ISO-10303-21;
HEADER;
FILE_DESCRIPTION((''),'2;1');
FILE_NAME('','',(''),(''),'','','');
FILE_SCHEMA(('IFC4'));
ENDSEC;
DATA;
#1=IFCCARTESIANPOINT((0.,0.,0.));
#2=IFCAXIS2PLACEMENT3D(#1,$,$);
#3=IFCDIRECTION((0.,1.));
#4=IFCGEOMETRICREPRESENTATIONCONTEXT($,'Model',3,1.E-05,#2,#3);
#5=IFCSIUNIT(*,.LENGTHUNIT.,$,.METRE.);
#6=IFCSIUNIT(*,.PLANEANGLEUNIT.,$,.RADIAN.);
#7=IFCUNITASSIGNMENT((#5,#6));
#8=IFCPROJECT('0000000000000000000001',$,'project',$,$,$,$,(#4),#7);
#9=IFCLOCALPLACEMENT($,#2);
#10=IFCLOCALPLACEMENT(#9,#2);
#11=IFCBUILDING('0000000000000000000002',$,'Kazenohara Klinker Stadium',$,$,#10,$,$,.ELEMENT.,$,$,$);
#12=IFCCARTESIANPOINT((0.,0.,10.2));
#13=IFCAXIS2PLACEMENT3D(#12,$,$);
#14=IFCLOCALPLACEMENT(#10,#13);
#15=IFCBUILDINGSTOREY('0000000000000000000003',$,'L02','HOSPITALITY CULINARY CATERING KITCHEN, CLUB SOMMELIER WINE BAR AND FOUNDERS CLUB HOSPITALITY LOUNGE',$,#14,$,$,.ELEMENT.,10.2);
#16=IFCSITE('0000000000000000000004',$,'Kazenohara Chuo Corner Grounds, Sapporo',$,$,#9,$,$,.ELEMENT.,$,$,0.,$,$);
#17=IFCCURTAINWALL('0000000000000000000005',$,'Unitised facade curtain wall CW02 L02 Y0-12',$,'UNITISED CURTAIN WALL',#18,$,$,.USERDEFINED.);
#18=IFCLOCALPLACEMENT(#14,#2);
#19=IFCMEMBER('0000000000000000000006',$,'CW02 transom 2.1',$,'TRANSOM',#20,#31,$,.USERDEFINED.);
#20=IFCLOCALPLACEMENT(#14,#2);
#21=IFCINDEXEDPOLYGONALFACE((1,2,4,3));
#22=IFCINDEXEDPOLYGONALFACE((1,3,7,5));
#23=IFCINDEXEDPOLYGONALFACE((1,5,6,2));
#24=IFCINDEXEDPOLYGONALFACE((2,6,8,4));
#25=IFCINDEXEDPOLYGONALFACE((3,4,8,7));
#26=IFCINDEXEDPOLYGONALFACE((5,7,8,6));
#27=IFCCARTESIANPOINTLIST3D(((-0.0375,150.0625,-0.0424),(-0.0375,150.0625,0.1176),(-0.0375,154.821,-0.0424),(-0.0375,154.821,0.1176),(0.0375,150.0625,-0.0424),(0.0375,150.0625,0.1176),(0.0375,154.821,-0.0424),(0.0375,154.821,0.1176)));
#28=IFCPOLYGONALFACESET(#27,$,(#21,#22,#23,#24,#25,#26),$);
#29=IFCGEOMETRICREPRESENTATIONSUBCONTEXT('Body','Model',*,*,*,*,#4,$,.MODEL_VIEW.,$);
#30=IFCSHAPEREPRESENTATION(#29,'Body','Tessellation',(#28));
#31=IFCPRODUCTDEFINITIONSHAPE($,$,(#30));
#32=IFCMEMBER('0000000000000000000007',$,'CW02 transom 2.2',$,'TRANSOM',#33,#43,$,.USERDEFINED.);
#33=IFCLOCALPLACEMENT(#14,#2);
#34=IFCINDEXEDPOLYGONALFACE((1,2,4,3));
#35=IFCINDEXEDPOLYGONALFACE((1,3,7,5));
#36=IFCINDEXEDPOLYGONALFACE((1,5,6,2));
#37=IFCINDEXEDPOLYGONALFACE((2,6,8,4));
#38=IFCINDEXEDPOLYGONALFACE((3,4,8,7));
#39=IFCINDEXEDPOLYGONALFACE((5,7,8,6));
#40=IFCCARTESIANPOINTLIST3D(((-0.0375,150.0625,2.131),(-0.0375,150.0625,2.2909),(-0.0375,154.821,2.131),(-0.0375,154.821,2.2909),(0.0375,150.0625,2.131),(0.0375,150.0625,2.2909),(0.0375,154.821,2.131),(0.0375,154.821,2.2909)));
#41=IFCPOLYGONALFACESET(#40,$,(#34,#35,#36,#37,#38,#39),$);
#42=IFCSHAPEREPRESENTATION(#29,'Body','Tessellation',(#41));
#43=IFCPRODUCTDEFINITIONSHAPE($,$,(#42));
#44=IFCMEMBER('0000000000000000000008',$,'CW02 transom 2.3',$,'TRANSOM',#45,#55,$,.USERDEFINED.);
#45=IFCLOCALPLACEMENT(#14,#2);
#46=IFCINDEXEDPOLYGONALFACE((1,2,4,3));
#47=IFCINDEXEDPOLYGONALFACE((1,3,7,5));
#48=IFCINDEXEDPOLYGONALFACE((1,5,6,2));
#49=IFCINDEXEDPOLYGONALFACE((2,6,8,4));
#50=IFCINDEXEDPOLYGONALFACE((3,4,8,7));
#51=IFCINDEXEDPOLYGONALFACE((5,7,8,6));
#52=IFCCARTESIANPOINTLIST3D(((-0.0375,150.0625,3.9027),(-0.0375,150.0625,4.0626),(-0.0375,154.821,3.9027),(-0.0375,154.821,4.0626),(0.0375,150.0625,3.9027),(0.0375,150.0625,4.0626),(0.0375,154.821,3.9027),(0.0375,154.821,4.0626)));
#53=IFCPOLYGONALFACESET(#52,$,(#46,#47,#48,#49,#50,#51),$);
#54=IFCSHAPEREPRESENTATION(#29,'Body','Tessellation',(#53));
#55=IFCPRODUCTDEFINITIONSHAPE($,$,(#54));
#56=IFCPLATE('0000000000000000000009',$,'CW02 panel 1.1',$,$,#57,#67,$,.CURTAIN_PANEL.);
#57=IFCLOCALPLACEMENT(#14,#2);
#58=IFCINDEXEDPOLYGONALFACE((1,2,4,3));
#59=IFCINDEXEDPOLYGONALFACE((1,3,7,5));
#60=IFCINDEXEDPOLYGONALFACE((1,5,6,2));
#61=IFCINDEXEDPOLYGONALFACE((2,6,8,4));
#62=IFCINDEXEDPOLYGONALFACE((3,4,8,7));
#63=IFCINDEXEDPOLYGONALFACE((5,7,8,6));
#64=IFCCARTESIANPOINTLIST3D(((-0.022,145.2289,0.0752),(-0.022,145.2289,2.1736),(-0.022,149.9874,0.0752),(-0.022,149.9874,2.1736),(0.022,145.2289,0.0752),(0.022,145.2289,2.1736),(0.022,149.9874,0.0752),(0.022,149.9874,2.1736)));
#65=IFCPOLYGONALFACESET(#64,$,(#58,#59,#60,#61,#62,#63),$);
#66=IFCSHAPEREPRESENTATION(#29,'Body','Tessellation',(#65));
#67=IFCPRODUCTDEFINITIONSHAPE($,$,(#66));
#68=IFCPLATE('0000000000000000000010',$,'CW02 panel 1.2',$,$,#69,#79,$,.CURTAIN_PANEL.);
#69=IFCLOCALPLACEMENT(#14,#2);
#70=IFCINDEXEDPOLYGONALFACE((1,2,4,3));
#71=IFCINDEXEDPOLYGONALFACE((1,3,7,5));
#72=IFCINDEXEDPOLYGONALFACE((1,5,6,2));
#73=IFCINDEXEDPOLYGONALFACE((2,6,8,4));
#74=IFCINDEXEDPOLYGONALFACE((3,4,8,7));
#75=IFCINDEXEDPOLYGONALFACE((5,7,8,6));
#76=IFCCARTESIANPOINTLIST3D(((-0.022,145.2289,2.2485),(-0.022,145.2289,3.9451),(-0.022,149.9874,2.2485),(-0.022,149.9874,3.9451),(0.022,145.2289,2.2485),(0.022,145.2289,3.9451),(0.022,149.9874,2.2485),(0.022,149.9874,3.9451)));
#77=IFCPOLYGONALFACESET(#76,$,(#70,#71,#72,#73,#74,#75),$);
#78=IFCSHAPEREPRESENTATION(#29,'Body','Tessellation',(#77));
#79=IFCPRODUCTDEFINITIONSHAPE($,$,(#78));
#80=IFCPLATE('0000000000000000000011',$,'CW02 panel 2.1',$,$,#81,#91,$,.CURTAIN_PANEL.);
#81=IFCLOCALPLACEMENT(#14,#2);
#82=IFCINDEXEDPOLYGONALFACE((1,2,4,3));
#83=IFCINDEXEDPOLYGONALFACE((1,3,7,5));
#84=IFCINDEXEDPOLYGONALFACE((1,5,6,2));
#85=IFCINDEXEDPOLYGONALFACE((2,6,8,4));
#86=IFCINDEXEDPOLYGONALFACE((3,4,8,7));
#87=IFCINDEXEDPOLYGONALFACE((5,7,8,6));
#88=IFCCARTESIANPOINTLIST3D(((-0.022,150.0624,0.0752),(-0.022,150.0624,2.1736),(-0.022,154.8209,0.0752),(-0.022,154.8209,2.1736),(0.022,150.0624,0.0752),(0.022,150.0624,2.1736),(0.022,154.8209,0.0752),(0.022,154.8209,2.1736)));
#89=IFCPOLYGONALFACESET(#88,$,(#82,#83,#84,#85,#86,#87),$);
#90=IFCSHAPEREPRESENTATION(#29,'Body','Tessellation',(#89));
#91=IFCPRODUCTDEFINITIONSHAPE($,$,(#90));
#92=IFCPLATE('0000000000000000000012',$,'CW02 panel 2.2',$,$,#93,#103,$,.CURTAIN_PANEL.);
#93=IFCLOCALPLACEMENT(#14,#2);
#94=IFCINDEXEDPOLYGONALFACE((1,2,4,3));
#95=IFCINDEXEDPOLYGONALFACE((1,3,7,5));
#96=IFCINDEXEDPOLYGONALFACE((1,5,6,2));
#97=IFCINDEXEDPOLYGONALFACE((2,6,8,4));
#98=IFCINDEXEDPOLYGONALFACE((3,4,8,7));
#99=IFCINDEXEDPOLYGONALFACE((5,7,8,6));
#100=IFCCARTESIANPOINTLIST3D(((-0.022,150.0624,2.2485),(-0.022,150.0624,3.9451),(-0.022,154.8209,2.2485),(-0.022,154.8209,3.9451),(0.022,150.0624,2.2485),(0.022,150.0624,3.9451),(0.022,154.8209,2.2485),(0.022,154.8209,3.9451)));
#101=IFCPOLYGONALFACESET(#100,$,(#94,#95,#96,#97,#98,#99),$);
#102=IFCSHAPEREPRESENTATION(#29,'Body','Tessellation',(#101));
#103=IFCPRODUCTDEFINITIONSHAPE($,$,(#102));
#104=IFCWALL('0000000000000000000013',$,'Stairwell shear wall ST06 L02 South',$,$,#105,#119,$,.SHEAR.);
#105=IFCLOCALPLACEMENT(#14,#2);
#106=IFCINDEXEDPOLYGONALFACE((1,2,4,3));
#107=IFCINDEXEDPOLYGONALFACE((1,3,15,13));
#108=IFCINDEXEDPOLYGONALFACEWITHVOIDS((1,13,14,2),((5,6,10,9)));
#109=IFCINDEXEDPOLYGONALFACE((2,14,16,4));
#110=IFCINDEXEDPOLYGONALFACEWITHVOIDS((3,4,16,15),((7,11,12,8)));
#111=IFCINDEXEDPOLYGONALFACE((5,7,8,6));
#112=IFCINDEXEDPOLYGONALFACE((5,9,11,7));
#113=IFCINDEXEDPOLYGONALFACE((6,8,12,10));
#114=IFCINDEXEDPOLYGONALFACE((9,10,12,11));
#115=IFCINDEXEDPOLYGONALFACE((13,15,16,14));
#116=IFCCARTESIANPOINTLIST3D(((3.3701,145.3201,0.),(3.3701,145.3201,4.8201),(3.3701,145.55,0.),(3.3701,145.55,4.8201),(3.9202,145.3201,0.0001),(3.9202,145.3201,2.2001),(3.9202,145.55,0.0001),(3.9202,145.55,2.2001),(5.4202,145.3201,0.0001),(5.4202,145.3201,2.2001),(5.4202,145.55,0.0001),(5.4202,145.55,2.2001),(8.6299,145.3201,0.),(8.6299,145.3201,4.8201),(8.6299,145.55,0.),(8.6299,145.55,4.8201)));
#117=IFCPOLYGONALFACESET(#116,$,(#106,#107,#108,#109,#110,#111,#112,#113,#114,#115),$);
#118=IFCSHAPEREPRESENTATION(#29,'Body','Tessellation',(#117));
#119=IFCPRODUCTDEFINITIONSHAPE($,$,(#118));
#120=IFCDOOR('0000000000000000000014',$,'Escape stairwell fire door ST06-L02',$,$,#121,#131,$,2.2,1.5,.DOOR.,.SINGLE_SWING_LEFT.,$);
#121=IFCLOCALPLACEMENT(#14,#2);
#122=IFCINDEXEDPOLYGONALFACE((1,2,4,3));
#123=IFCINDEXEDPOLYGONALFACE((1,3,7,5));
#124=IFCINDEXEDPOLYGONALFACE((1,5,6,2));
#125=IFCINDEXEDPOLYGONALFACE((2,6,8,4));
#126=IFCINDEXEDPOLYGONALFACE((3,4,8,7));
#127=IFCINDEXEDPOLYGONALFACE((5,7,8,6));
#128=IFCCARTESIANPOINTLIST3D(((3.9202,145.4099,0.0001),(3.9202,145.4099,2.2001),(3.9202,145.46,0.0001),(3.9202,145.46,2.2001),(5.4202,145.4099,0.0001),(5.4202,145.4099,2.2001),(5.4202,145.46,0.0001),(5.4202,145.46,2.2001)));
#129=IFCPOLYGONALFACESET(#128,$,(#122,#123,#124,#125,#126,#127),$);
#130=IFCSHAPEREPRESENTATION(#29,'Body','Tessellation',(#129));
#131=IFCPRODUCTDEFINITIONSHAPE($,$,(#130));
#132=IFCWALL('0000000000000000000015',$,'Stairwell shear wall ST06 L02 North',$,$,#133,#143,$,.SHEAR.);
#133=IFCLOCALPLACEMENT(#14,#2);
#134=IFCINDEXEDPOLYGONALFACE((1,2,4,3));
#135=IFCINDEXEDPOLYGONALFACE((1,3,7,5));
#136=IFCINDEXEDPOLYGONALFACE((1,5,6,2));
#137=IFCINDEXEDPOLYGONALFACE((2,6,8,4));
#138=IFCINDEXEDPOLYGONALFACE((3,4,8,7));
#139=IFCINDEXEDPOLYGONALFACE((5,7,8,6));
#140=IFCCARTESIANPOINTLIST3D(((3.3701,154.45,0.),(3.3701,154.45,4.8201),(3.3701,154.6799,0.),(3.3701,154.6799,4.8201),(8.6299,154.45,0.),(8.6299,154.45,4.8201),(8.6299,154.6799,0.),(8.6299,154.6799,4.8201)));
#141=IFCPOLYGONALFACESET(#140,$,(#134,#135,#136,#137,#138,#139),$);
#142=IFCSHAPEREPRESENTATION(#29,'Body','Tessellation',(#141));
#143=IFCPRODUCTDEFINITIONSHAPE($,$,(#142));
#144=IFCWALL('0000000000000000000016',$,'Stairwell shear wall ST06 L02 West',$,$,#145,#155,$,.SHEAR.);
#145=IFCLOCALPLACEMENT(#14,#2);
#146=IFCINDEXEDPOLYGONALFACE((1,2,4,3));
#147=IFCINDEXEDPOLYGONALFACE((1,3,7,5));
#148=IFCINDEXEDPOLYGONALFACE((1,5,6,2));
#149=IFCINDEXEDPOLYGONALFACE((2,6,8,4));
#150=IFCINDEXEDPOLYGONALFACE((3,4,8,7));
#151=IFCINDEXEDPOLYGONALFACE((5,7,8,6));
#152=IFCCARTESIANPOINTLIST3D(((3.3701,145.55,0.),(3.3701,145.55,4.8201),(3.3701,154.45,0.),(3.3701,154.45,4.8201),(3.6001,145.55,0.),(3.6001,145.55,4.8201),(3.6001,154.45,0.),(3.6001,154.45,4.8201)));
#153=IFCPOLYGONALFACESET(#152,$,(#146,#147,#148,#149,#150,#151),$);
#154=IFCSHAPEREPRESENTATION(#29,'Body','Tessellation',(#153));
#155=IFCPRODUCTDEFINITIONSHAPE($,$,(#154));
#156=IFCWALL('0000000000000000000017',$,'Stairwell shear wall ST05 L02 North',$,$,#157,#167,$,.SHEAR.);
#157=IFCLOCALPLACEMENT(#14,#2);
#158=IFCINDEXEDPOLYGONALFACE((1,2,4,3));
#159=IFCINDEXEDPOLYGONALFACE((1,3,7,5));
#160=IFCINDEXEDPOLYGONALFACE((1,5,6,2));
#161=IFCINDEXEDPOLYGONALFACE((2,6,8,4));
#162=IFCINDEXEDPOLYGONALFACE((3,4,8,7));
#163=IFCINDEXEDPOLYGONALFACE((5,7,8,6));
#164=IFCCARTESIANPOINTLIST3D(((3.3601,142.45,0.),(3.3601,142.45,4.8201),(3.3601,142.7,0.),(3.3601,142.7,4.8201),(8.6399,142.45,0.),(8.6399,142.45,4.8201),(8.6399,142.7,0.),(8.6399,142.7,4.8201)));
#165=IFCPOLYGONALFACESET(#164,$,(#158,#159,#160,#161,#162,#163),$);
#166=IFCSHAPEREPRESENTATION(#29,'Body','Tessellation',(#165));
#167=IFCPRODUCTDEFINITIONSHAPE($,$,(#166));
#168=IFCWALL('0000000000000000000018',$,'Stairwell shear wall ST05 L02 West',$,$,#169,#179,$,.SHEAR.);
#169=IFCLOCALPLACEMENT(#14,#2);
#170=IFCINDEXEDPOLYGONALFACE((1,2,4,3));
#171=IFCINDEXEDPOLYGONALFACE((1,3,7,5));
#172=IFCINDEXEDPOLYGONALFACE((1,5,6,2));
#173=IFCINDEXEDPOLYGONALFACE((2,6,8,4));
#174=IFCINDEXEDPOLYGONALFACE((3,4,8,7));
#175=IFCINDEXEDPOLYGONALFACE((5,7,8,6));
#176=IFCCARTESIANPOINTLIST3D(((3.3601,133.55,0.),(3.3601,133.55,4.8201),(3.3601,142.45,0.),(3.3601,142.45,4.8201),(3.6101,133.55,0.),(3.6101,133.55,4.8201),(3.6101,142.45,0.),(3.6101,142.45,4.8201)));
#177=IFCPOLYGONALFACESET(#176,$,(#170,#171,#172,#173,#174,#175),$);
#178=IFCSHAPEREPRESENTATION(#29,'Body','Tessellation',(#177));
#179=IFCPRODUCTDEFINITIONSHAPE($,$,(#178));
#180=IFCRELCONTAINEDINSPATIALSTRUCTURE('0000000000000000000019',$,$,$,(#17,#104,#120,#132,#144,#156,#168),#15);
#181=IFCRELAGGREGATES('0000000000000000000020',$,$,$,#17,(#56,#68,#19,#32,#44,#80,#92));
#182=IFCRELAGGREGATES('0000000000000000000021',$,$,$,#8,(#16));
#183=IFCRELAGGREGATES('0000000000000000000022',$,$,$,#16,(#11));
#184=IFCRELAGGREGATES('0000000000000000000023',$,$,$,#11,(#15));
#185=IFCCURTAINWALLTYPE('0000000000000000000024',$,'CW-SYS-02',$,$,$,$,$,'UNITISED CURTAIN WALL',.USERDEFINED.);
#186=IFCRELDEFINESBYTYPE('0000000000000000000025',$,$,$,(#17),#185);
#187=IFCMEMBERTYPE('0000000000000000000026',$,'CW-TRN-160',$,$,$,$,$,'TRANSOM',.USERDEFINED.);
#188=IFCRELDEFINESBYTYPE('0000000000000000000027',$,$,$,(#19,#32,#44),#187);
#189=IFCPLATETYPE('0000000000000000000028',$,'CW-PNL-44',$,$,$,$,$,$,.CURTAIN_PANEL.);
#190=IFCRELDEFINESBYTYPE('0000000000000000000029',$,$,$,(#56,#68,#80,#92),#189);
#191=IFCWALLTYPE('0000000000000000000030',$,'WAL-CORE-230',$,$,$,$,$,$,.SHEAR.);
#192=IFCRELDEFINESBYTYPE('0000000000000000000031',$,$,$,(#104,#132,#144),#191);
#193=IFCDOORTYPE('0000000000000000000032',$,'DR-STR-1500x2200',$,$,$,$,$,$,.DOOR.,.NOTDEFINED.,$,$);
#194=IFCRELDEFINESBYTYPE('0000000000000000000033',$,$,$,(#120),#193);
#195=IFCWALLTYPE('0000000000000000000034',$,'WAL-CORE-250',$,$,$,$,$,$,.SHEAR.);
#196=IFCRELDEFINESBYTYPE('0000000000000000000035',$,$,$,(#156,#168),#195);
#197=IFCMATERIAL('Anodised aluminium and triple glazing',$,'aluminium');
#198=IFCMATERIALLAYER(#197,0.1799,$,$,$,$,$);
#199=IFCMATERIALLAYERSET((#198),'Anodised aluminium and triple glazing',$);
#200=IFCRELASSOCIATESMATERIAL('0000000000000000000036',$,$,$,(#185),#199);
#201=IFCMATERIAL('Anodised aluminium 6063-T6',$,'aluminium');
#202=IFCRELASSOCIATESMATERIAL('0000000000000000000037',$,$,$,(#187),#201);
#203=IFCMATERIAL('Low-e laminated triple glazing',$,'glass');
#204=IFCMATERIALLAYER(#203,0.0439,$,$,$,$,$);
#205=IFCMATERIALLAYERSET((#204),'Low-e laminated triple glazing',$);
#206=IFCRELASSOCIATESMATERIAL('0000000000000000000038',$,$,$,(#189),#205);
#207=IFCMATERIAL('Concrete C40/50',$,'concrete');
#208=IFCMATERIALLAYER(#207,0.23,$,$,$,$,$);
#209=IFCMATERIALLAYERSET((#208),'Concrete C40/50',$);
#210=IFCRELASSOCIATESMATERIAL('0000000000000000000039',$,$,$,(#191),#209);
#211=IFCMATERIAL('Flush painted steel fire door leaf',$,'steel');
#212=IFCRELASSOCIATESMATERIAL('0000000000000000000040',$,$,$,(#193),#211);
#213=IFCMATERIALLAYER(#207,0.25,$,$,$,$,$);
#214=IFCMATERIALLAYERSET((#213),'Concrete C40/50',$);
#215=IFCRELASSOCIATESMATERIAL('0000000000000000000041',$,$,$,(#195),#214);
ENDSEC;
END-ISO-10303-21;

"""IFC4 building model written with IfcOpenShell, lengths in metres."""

from ifc_helpers import new_model, si_unit, direction, frame, frame_2d, origin, origin_2d, place, context, subcontext, project, spatial, rectangle, extrude, material, layer, layer_set, material_profile, profile_set, type_object, element, fill, aggregate, save


model = new_model("IFC4")

# Units and contexts
model_context = context("Model", 3, precision=1e-05, world=origin(), true_north=direction((0.0, 1.0)))
body_context = subcontext(model_context, "Body", "Model", "MODEL_VIEW")
ifc_project = project(units=[si_unit("LENGTHUNIT", "METRE"), si_unit("PLANEANGLEUNIT", "RADIAN")], contexts=[model_context])

# Site, building, storey
site_placement = place(None, origin())
site = spatial("IfcSite", under=ifc_project, at=site_placement, Name="Kazenohara Chuo Corner Grounds, Sapporo", CompositionType="ELEMENT", RefElevation=0.0)
building_placement = place(site_placement, origin())
building = spatial("IfcBuilding", under=site, at=building_placement, Name="Kazenohara Klinker Stadium", CompositionType="ELEMENT")
storey_placement = place(building_placement, frame((0.0, 0.0, 10.2)))
storey = spatial("IfcBuildingStorey", under=building, at=storey_placement, Name="L02", Description="HOSPITALITY CULINARY CATERING KITCHEN, CLUB SOMMELIER WINE BAR AND FOUNDERS CLUB HOSPITALITY LOUNGE", CompositionType="ELEMENT", Elevation=10.2)

# Shared definitions
ifc_material_1 = material(Name="Concrete C40/50", Category="concrete")

# Curtain wall, members, plates
ifc_material_2 = material(Name="Anodised aluminium and triple glazing", Category="aluminium")
ifc_layer_1 = layer(ifc_material_2, 0.1799)
ifc_layer_set_1 = layer_set([ifc_layer_1], Name="Anodised aluminium and triple glazing")
curtain_wall_type = type_object("IfcCurtainWallType", Name="CW-SYS-02", ElementType="UNITISED CURTAIN WALL", PredefinedType="USERDEFINED", material=ifc_layer_set_1)
curtain_wall_placement = place(storey_placement, origin())
curtain_wall = element("IfcCurtainWall", 1, at=curtain_wall_placement, inside=storey, type_object=curtain_wall_type, Name="Unitised facade curtain wall CW02 L02 Y0-12", ObjectType="UNITISED CURTAIN WALL", PredefinedType="USERDEFINED")
ifc_material_3 = material(Name="Anodised aluminium 6063-T6", Category="aluminium")
ifc_material_profile_1 = material_profile(ifc_material_3, rectangle(XDim=0.075, YDim=0.1599, at=origin_2d()), Name="ALU-TRN-75x160")
ifc_profile_set_1 = profile_set([ifc_material_profile_1], Name="Anodised aluminium 6063-T6")
member_type_1 = type_object("IfcMemberType", Name="CW-TRN-160", ElementType="TRANSOM", PredefinedType="USERDEFINED", material=ifc_profile_set_1)
member_1_placement = place(storey_placement, frame((0.0, 150.0625, 0.0376), z_axis=(0.0, 1.0, 0.0), x_axis=(-1.0, 0.0, 0.0)))
member_1 = element("IfcMember", 2, at=member_1_placement, type_object=member_type_1, Name="CW02 transom 2.1", ObjectType="TRANSOM", PredefinedType="USERDEFINED", context=body_context, shape_type="SweptSolid", body=[
    extrude(rectangle(XDim=0.075, YDim=0.1599, at=origin_2d()), origin(), (0.0, 0.0, 1.0), 4.7585),
])
member_2_placement = place(storey_placement, frame((0.0, 150.0625, 2.2109), z_axis=(0.0, 1.0, 0.0), x_axis=(-1.0, 0.0, 0.0)))
member_2 = element("IfcMember", 3, at=member_2_placement, type_object=member_type_1, Name="CW02 transom 2.2", ObjectType="TRANSOM", PredefinedType="USERDEFINED", context=body_context, shape_type="SweptSolid", body=[
    extrude(rectangle(XDim=0.075, YDim=0.1599, at=origin_2d()), origin(), (0.0, 0.0, 1.0), 4.7585),
])
member_3_placement = place(storey_placement, frame((0.0, 150.0625, 3.9827), z_axis=(0.0, 1.0, 0.0), x_axis=(-1.0, 0.0, 0.0)))
member_3 = element("IfcMember", 4, at=member_3_placement, type_object=member_type_1, Name="CW02 transom 2.3", ObjectType="TRANSOM", PredefinedType="USERDEFINED", context=body_context, shape_type="SweptSolid", body=[
    extrude(rectangle(XDim=0.075, YDim=0.1599, at=origin_2d()), origin(), (0.0, 0.0, 1.0), 4.7585),
])
ifc_material_4 = material(Name="Low-e laminated triple glazing", Category="glass")
ifc_layer_2 = layer(ifc_material_4, 0.0439)
ifc_layer_set_2 = layer_set([ifc_layer_2], Name="Low-e laminated triple glazing")
plate_type = type_object("IfcPlateType", Name="CW-PNL-44", PredefinedType="CURTAIN_PANEL", material=ifc_layer_set_2)
plate_1_placement = place(storey_placement, frame((0.0, 147.6082, 0.0752), z_axis=(0.0, 0.0, 1.0), x_axis=(0.0, 1.0, 0.0)))
plate_1 = element("IfcPlate", 5, at=plate_1_placement, type_object=plate_type, Name="CW02 panel 1.1", PredefinedType="CURTAIN_PANEL", context=body_context, shape_type="SweptSolid", body=[
    extrude(rectangle(XDim=4.7585, YDim=0.0439, at=origin_2d()), origin(), (0.0, 0.0, 1.0), 2.0984),
])
plate_2_placement = place(storey_placement, frame((0.0, 147.6082, 2.2485), z_axis=(0.0, 0.0, 1.0), x_axis=(0.0, 1.0, 0.0)))
plate_2 = element("IfcPlate", 6, at=plate_2_placement, type_object=plate_type, Name="CW02 panel 1.2", PredefinedType="CURTAIN_PANEL", context=body_context, shape_type="SweptSolid", body=[
    extrude(rectangle(XDim=4.7585, YDim=0.0439, at=origin_2d()), origin(), (0.0, 0.0, 1.0), 1.6965),
])
plate_3_placement = place(storey_placement, frame((0.0, 152.4417, 0.0752), z_axis=(0.0, 0.0, 1.0), x_axis=(0.0, 1.0, 0.0)))
plate_3 = element("IfcPlate", 7, at=plate_3_placement, type_object=plate_type, Name="CW02 panel 2.1", PredefinedType="CURTAIN_PANEL", context=body_context, shape_type="SweptSolid", body=[
    extrude(rectangle(XDim=4.7585, YDim=0.0439, at=origin_2d()), origin(), (0.0, 0.0, 1.0), 2.0984),
])
plate_4_placement = place(storey_placement, frame((0.0, 152.4417, 2.2485), z_axis=(0.0, 0.0, 1.0), x_axis=(0.0, 1.0, 0.0)))
plate_4 = element("IfcPlate", 8, at=plate_4_placement, type_object=plate_type, Name="CW02 panel 2.2", PredefinedType="CURTAIN_PANEL", context=body_context, shape_type="SweptSolid", body=[
    extrude(rectangle(XDim=4.7585, YDim=0.0439, at=origin_2d()), origin(), (0.0, 0.0, 1.0), 1.6965),
])
aggregate(curtain_wall, [plate_1, plate_2, member_1, member_2, member_3, plate_3, plate_4])

# Wall, opening, door
ifc_layer_3 = layer(ifc_material_1, 0.23)
ifc_layer_set_3 = layer_set([ifc_layer_3], Name="Concrete C40/50")
wall_type_1 = type_object("IfcWallType", Name="WAL-CORE-230", PredefinedType="SHEAR", material=ifc_layer_set_3)
wall_1_placement = place(storey_placement, frame((3.3701, 145.4351, 0.0), z_axis=(0.0, 0.0, 1.0), x_axis=(1.0, 0.0, 0.0)))
wall_1 = element("IfcWall", 9, at=wall_1_placement, inside=storey, type_object=wall_type_1, Name="Stairwell shear wall ST06 L02 South", PredefinedType="SHEAR", context=body_context, shape_type="SweptSolid", body=[
    extrude(rectangle(XDim=5.2598, YDim=0.23, at=frame_2d((2.6299, 0.0))), origin(), (0.0, 0.0, 1.0), 4.8201),
])
opening_1_placement = place(wall_1_placement, frame((0.55, 0.0, 0.0)))
opening_1 = element("IfcOpeningElement", 10, at=opening_1_placement, cuts=wall_1, PredefinedType="OPENING", context=body_context, shape_type="SweptSolid", body=[
    extrude(rectangle(XDim=1.5, YDim=2.2, at=frame_2d((0.75, 1.1001))), frame((0.0, 0.125, 0.0), z_axis=(0.0, -1.0, 0.0), x_axis=(1.0, 0.0, 0.0)), (0.0, 0.0, 1.0), 0.25),
])
ifc_material_5 = material(Name="Flush painted steel fire door leaf", Category="steel")
door_type_1 = type_object("IfcDoorType", Name="DR-STR-1500x2200", OperationType="NOTDEFINED", PredefinedType="DOOR", material=ifc_material_5)
door_1_placement = place(opening_1_placement, origin())
door_1 = element("IfcDoor", 11, at=door_1_placement, inside=storey, type_object=door_type_1, Name="Escape stairwell fire door ST06-L02", OperationType="SINGLE_SWING_LEFT", OverallHeight=2.2, OverallWidth=1.5, PredefinedType="DOOR", context=body_context, shape_type="SweptSolid", body=[
    extrude(rectangle(XDim=1.5, YDim=2.2, at=frame_2d((0.75, 1.1001))), frame((0.0, 0.0249, 0.0), z_axis=(0.0, -1.0, 0.0), x_axis=(1.0, 0.0, 0.0)), (0.0, 0.0, 1.0), 0.05),
])
fill(opening_1, door_1)

# Walls
wall_2_placement = place(storey_placement, frame((3.3701, 154.5649, 0.0), z_axis=(0.0, 0.0, 1.0), x_axis=(1.0, 0.0, 0.0)))
element("IfcWall", 12, at=wall_2_placement, inside=storey, type_object=wall_type_1, Name="Stairwell shear wall ST06 L02 North", PredefinedType="SHEAR", context=body_context, shape_type="SweptSolid", body=[
    extrude(rectangle(XDim=5.2598, YDim=0.23, at=frame_2d((2.6299, 0.0))), origin(), (0.0, 0.0, 1.0), 4.8201),
])
wall_3_placement = place(storey_placement, frame((3.4851, 145.55, 0.0), z_axis=(0.0, 0.0, 1.0), x_axis=(0.0, 1.0, 0.0)))
element("IfcWall", 13, at=wall_3_placement, inside=storey, type_object=wall_type_1, Name="Stairwell shear wall ST06 L02 West", PredefinedType="SHEAR", context=body_context, shape_type="SweptSolid", body=[
    extrude(rectangle(XDim=8.8999, YDim=0.23, at=frame_2d((4.45, 0.0))), origin(), (0.0, 0.0, 1.0), 4.8201),
])

# Shared definitions
ifc_layer_4 = layer(ifc_material_1, 0.25)
ifc_layer_set_4 = layer_set([ifc_layer_4], Name="Concrete C40/50")
wall_type_2 = type_object("IfcWallType", Name="WAL-CORE-250", PredefinedType="SHEAR", material=ifc_layer_set_4)

# Walls
wall_4_placement = place(storey_placement, frame((3.3601, 142.575, 0.0), z_axis=(0.0, 0.0, 1.0), x_axis=(1.0, 0.0, 0.0)))
element("IfcWall", 14, at=wall_4_placement, inside=storey, type_object=wall_type_2, Name="Stairwell shear wall ST05 L02 North", PredefinedType="SHEAR", context=body_context, shape_type="SweptSolid", body=[
    extrude(rectangle(XDim=5.2798, YDim=0.25, at=frame_2d((2.6399, 0.0))), origin(), (0.0, 0.0, 1.0), 4.8201),
])
wall_5_placement = place(storey_placement, frame((3.4851, 133.55, 0.0), z_axis=(0.0, 0.0, 1.0), x_axis=(0.0, 1.0, 0.0)))
element("IfcWall", 15, at=wall_5_placement, inside=storey, type_object=wall_type_2, Name="Stairwell shear wall ST05 L02 West", PredefinedType="SHEAR", context=body_context, shape_type="SweptSolid", body=[
    extrude(rectangle(XDim=8.8999, YDim=0.25, at=frame_2d((4.45, 0.0))), origin(), (0.0, 0.0, 1.0), 4.8201),
])

save(model, "model.ifc")
